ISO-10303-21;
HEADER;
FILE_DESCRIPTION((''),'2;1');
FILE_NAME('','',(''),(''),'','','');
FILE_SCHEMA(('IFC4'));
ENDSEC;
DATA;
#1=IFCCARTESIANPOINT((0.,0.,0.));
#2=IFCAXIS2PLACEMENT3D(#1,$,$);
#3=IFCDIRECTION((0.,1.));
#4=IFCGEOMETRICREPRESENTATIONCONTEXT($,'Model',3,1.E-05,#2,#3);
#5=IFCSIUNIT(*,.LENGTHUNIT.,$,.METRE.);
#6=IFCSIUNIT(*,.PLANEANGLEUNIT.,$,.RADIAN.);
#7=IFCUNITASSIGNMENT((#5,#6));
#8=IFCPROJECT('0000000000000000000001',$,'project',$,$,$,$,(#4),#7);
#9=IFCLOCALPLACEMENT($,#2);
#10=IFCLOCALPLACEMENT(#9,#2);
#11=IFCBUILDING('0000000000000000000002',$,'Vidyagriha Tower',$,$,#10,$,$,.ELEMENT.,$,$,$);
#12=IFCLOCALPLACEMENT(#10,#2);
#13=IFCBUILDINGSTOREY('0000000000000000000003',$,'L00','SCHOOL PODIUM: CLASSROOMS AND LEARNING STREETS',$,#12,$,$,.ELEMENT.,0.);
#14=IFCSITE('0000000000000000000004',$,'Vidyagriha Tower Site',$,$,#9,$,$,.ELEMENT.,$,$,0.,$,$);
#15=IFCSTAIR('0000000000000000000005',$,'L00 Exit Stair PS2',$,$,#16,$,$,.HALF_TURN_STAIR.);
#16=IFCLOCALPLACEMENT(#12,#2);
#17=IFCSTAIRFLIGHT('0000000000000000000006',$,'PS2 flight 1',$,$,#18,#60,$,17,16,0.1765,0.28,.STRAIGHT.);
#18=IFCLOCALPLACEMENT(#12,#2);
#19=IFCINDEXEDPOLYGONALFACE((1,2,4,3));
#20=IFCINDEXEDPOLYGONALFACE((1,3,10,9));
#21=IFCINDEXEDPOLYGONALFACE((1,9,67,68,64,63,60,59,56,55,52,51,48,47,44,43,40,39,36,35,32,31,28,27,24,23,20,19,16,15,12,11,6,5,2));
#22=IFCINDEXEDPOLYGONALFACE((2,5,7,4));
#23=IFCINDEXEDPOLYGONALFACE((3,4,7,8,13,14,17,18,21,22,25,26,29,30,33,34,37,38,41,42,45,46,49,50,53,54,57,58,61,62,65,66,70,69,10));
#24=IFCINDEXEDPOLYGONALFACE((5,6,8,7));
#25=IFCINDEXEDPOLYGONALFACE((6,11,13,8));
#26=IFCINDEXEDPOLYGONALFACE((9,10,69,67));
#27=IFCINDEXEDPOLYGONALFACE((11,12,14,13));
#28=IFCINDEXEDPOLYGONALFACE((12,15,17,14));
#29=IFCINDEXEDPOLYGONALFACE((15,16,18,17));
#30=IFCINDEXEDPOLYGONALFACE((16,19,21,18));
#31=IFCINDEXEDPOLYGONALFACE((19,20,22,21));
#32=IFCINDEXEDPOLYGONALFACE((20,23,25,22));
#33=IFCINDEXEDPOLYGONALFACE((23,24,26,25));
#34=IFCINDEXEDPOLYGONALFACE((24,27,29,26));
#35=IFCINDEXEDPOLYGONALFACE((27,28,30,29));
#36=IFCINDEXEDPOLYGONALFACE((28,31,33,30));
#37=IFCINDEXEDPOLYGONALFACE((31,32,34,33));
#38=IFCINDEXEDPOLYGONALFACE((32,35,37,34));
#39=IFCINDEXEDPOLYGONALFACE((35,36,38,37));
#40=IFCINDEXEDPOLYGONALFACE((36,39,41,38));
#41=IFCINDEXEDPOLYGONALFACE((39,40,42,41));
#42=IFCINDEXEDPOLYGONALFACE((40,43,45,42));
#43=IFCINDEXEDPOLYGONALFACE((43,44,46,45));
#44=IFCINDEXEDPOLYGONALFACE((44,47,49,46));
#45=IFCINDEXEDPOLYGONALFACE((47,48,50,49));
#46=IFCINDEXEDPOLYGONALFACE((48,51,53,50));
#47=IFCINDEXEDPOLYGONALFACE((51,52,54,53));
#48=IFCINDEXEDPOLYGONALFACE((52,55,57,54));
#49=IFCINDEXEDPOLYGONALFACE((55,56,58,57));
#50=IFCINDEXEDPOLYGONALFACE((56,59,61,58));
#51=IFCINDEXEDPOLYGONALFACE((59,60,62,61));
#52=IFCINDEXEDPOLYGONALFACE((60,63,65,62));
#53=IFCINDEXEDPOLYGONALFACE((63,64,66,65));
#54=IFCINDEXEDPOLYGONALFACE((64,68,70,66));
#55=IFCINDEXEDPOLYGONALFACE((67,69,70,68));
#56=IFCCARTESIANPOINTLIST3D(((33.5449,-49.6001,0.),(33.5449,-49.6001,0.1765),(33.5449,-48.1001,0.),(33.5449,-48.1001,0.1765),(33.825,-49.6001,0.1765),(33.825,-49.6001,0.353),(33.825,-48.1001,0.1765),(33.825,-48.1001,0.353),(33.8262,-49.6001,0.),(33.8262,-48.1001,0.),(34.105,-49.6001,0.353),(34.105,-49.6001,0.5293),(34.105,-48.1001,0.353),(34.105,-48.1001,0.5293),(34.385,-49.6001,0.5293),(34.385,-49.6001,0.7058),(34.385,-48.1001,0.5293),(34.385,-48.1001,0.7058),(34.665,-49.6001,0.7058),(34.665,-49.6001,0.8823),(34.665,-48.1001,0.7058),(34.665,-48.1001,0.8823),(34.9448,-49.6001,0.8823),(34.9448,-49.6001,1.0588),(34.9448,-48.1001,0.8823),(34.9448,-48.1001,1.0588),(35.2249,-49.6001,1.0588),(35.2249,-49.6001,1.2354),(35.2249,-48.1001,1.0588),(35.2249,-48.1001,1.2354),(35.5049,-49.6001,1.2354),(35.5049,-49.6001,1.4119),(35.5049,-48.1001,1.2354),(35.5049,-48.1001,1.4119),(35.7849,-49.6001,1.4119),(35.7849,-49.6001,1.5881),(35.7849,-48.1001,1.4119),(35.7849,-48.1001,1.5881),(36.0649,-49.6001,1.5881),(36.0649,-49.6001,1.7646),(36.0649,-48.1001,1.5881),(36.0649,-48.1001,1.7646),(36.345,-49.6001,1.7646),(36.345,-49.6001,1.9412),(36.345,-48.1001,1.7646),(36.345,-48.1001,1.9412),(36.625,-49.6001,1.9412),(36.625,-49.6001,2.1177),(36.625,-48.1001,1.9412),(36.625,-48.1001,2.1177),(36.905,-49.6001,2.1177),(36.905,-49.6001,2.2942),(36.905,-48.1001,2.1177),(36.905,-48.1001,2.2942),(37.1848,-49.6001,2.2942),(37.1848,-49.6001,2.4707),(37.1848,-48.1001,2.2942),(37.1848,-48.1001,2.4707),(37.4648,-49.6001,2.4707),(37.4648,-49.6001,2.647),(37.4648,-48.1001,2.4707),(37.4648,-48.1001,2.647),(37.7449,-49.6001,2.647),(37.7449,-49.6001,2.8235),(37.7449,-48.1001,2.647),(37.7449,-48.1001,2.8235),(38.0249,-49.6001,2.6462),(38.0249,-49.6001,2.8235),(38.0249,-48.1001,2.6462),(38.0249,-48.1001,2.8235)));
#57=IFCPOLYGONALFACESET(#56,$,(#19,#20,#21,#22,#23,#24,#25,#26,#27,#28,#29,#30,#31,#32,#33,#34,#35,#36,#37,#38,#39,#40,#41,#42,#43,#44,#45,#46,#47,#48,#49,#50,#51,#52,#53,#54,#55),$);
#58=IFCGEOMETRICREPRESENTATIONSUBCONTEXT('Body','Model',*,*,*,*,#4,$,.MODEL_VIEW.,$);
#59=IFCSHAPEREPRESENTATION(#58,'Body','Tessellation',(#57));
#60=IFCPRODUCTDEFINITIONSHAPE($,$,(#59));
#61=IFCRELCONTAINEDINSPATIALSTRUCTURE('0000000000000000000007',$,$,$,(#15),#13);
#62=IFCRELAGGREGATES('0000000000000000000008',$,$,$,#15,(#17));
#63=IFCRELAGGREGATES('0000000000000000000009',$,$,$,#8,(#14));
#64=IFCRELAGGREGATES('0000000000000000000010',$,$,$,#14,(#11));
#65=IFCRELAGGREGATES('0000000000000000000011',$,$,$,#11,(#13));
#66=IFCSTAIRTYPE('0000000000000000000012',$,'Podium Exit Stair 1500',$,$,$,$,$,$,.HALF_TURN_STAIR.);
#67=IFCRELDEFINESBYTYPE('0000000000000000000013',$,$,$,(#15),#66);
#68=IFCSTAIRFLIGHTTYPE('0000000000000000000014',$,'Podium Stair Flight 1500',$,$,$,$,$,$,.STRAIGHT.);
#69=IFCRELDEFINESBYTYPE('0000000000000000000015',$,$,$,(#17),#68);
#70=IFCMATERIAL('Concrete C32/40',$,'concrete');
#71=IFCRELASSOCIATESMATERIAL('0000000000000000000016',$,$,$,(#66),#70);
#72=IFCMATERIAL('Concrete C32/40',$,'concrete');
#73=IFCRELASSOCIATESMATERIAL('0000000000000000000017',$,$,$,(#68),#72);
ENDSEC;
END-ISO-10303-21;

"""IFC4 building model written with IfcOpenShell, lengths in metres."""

from ifc_helpers import new_model, si_unit, direction, frame, origin, place, context, subcontext, project, spatial, polyline, outline, extrude, material, type_object, element, aggregate, save


model = new_model("IFC4")

# Units and contexts
model_context = context("Model", 3, precision=1e-05, world=origin(), true_north=direction((0.0, 1.0)))
body_context = subcontext(model_context, "Body", "Model", "MODEL_VIEW")
ifc_project = project(units=[si_unit("LENGTHUNIT", "METRE"), si_unit("PLANEANGLEUNIT", "RADIAN")], contexts=[model_context])

# Site, building, storey
site_placement = place(None, origin())
site = spatial("IfcSite", under=ifc_project, at=site_placement, Name="Vidyagriha Tower Site", CompositionType="ELEMENT", RefElevation=0.0)
building_placement = place(site_placement, origin())
building = spatial("IfcBuilding", under=site, at=building_placement, Name="Vidyagriha Tower", CompositionType="ELEMENT")
storey_placement = place(building_placement, origin())
storey = spatial("IfcBuildingStorey", under=building, at=storey_placement, Name="L00", Description="SCHOOL PODIUM: CLASSROOMS AND LEARNING STREETS", CompositionType="ELEMENT", Elevation=0.0)

# Stair, stair flight
ifc_material_1 = material(Name="Concrete C32/40", Category="concrete")
stair_type = type_object("IfcStairType", Name="Podium Exit Stair 1500", PredefinedType="HALF_TURN_STAIR", material=ifc_material_1)
stair_placement = place(storey_placement, origin())
stair = element("IfcStair", 1, at=stair_placement, inside=storey, type_object=stair_type, Name="L00 Exit Stair PS2", PredefinedType="HALF_TURN_STAIR")
ifc_material_2 = material(Name="Concrete C32/40", Category="concrete")
stair_flight_type = type_object("IfcStairFlightType", Name="Podium Stair Flight 1500", PredefinedType="STRAIGHT", material=ifc_material_2)
stair_flight_placement = place(storey_placement, frame((33.5449, -48.8501, 0.0)))
stair_flight = element("IfcStairFlight", 2, at=stair_flight_placement, type_object=stair_flight_type, Name="PS2 flight 1", NumberOfRisers=17, NumberOfTreads=16, PredefinedType="STRAIGHT", RiserHeight=0.1765, TreadLength=0.28, context=body_context, shape_type="SweptSolid", body=[
    extrude(outline(polyline([(0.0, 0.0), (0.0, 0.1765), (0.28, 0.1765), (0.28, 0.353), (0.5601, 0.353), (0.5601, 0.5293), (0.8401, 0.5293), (0.8401, 0.7058), (1.1201, 0.7058), (1.1201, 0.8823), (1.3999, 0.8823), (1.3999, 1.0588), (1.6799, 1.0588), (1.6799, 1.2354), (1.96, 1.2354), (1.96, 1.4119), (2.24, 1.4119), (2.24, 1.5881), (2.52, 1.5881), (2.52, 1.7646), (2.8, 1.7646), (2.8, 1.9412), (3.0801, 1.9412), (3.0801, 2.1177), (3.3601, 2.1177), (3.3601, 2.2942), (3.6399, 2.2942), (3.6399, 2.4707), (3.9199, 2.4707), (3.9199, 2.647), (4.2, 2.647), (4.2, 2.8235), (4.48, 2.8235), (4.48, 3.0), (4.48, 2.6462), (0.2812, 0.0), (0.0, 0.0)])), frame((0.0, 0.75, 0.0), z_axis=(0.0, -1.0, 0.0), x_axis=(1.0, 0.0, 0.0)), (0.0, 0.0, 1.0), 1.5),
])
aggregate(stair, [stair_flight])

save(model, "model.ifc")
